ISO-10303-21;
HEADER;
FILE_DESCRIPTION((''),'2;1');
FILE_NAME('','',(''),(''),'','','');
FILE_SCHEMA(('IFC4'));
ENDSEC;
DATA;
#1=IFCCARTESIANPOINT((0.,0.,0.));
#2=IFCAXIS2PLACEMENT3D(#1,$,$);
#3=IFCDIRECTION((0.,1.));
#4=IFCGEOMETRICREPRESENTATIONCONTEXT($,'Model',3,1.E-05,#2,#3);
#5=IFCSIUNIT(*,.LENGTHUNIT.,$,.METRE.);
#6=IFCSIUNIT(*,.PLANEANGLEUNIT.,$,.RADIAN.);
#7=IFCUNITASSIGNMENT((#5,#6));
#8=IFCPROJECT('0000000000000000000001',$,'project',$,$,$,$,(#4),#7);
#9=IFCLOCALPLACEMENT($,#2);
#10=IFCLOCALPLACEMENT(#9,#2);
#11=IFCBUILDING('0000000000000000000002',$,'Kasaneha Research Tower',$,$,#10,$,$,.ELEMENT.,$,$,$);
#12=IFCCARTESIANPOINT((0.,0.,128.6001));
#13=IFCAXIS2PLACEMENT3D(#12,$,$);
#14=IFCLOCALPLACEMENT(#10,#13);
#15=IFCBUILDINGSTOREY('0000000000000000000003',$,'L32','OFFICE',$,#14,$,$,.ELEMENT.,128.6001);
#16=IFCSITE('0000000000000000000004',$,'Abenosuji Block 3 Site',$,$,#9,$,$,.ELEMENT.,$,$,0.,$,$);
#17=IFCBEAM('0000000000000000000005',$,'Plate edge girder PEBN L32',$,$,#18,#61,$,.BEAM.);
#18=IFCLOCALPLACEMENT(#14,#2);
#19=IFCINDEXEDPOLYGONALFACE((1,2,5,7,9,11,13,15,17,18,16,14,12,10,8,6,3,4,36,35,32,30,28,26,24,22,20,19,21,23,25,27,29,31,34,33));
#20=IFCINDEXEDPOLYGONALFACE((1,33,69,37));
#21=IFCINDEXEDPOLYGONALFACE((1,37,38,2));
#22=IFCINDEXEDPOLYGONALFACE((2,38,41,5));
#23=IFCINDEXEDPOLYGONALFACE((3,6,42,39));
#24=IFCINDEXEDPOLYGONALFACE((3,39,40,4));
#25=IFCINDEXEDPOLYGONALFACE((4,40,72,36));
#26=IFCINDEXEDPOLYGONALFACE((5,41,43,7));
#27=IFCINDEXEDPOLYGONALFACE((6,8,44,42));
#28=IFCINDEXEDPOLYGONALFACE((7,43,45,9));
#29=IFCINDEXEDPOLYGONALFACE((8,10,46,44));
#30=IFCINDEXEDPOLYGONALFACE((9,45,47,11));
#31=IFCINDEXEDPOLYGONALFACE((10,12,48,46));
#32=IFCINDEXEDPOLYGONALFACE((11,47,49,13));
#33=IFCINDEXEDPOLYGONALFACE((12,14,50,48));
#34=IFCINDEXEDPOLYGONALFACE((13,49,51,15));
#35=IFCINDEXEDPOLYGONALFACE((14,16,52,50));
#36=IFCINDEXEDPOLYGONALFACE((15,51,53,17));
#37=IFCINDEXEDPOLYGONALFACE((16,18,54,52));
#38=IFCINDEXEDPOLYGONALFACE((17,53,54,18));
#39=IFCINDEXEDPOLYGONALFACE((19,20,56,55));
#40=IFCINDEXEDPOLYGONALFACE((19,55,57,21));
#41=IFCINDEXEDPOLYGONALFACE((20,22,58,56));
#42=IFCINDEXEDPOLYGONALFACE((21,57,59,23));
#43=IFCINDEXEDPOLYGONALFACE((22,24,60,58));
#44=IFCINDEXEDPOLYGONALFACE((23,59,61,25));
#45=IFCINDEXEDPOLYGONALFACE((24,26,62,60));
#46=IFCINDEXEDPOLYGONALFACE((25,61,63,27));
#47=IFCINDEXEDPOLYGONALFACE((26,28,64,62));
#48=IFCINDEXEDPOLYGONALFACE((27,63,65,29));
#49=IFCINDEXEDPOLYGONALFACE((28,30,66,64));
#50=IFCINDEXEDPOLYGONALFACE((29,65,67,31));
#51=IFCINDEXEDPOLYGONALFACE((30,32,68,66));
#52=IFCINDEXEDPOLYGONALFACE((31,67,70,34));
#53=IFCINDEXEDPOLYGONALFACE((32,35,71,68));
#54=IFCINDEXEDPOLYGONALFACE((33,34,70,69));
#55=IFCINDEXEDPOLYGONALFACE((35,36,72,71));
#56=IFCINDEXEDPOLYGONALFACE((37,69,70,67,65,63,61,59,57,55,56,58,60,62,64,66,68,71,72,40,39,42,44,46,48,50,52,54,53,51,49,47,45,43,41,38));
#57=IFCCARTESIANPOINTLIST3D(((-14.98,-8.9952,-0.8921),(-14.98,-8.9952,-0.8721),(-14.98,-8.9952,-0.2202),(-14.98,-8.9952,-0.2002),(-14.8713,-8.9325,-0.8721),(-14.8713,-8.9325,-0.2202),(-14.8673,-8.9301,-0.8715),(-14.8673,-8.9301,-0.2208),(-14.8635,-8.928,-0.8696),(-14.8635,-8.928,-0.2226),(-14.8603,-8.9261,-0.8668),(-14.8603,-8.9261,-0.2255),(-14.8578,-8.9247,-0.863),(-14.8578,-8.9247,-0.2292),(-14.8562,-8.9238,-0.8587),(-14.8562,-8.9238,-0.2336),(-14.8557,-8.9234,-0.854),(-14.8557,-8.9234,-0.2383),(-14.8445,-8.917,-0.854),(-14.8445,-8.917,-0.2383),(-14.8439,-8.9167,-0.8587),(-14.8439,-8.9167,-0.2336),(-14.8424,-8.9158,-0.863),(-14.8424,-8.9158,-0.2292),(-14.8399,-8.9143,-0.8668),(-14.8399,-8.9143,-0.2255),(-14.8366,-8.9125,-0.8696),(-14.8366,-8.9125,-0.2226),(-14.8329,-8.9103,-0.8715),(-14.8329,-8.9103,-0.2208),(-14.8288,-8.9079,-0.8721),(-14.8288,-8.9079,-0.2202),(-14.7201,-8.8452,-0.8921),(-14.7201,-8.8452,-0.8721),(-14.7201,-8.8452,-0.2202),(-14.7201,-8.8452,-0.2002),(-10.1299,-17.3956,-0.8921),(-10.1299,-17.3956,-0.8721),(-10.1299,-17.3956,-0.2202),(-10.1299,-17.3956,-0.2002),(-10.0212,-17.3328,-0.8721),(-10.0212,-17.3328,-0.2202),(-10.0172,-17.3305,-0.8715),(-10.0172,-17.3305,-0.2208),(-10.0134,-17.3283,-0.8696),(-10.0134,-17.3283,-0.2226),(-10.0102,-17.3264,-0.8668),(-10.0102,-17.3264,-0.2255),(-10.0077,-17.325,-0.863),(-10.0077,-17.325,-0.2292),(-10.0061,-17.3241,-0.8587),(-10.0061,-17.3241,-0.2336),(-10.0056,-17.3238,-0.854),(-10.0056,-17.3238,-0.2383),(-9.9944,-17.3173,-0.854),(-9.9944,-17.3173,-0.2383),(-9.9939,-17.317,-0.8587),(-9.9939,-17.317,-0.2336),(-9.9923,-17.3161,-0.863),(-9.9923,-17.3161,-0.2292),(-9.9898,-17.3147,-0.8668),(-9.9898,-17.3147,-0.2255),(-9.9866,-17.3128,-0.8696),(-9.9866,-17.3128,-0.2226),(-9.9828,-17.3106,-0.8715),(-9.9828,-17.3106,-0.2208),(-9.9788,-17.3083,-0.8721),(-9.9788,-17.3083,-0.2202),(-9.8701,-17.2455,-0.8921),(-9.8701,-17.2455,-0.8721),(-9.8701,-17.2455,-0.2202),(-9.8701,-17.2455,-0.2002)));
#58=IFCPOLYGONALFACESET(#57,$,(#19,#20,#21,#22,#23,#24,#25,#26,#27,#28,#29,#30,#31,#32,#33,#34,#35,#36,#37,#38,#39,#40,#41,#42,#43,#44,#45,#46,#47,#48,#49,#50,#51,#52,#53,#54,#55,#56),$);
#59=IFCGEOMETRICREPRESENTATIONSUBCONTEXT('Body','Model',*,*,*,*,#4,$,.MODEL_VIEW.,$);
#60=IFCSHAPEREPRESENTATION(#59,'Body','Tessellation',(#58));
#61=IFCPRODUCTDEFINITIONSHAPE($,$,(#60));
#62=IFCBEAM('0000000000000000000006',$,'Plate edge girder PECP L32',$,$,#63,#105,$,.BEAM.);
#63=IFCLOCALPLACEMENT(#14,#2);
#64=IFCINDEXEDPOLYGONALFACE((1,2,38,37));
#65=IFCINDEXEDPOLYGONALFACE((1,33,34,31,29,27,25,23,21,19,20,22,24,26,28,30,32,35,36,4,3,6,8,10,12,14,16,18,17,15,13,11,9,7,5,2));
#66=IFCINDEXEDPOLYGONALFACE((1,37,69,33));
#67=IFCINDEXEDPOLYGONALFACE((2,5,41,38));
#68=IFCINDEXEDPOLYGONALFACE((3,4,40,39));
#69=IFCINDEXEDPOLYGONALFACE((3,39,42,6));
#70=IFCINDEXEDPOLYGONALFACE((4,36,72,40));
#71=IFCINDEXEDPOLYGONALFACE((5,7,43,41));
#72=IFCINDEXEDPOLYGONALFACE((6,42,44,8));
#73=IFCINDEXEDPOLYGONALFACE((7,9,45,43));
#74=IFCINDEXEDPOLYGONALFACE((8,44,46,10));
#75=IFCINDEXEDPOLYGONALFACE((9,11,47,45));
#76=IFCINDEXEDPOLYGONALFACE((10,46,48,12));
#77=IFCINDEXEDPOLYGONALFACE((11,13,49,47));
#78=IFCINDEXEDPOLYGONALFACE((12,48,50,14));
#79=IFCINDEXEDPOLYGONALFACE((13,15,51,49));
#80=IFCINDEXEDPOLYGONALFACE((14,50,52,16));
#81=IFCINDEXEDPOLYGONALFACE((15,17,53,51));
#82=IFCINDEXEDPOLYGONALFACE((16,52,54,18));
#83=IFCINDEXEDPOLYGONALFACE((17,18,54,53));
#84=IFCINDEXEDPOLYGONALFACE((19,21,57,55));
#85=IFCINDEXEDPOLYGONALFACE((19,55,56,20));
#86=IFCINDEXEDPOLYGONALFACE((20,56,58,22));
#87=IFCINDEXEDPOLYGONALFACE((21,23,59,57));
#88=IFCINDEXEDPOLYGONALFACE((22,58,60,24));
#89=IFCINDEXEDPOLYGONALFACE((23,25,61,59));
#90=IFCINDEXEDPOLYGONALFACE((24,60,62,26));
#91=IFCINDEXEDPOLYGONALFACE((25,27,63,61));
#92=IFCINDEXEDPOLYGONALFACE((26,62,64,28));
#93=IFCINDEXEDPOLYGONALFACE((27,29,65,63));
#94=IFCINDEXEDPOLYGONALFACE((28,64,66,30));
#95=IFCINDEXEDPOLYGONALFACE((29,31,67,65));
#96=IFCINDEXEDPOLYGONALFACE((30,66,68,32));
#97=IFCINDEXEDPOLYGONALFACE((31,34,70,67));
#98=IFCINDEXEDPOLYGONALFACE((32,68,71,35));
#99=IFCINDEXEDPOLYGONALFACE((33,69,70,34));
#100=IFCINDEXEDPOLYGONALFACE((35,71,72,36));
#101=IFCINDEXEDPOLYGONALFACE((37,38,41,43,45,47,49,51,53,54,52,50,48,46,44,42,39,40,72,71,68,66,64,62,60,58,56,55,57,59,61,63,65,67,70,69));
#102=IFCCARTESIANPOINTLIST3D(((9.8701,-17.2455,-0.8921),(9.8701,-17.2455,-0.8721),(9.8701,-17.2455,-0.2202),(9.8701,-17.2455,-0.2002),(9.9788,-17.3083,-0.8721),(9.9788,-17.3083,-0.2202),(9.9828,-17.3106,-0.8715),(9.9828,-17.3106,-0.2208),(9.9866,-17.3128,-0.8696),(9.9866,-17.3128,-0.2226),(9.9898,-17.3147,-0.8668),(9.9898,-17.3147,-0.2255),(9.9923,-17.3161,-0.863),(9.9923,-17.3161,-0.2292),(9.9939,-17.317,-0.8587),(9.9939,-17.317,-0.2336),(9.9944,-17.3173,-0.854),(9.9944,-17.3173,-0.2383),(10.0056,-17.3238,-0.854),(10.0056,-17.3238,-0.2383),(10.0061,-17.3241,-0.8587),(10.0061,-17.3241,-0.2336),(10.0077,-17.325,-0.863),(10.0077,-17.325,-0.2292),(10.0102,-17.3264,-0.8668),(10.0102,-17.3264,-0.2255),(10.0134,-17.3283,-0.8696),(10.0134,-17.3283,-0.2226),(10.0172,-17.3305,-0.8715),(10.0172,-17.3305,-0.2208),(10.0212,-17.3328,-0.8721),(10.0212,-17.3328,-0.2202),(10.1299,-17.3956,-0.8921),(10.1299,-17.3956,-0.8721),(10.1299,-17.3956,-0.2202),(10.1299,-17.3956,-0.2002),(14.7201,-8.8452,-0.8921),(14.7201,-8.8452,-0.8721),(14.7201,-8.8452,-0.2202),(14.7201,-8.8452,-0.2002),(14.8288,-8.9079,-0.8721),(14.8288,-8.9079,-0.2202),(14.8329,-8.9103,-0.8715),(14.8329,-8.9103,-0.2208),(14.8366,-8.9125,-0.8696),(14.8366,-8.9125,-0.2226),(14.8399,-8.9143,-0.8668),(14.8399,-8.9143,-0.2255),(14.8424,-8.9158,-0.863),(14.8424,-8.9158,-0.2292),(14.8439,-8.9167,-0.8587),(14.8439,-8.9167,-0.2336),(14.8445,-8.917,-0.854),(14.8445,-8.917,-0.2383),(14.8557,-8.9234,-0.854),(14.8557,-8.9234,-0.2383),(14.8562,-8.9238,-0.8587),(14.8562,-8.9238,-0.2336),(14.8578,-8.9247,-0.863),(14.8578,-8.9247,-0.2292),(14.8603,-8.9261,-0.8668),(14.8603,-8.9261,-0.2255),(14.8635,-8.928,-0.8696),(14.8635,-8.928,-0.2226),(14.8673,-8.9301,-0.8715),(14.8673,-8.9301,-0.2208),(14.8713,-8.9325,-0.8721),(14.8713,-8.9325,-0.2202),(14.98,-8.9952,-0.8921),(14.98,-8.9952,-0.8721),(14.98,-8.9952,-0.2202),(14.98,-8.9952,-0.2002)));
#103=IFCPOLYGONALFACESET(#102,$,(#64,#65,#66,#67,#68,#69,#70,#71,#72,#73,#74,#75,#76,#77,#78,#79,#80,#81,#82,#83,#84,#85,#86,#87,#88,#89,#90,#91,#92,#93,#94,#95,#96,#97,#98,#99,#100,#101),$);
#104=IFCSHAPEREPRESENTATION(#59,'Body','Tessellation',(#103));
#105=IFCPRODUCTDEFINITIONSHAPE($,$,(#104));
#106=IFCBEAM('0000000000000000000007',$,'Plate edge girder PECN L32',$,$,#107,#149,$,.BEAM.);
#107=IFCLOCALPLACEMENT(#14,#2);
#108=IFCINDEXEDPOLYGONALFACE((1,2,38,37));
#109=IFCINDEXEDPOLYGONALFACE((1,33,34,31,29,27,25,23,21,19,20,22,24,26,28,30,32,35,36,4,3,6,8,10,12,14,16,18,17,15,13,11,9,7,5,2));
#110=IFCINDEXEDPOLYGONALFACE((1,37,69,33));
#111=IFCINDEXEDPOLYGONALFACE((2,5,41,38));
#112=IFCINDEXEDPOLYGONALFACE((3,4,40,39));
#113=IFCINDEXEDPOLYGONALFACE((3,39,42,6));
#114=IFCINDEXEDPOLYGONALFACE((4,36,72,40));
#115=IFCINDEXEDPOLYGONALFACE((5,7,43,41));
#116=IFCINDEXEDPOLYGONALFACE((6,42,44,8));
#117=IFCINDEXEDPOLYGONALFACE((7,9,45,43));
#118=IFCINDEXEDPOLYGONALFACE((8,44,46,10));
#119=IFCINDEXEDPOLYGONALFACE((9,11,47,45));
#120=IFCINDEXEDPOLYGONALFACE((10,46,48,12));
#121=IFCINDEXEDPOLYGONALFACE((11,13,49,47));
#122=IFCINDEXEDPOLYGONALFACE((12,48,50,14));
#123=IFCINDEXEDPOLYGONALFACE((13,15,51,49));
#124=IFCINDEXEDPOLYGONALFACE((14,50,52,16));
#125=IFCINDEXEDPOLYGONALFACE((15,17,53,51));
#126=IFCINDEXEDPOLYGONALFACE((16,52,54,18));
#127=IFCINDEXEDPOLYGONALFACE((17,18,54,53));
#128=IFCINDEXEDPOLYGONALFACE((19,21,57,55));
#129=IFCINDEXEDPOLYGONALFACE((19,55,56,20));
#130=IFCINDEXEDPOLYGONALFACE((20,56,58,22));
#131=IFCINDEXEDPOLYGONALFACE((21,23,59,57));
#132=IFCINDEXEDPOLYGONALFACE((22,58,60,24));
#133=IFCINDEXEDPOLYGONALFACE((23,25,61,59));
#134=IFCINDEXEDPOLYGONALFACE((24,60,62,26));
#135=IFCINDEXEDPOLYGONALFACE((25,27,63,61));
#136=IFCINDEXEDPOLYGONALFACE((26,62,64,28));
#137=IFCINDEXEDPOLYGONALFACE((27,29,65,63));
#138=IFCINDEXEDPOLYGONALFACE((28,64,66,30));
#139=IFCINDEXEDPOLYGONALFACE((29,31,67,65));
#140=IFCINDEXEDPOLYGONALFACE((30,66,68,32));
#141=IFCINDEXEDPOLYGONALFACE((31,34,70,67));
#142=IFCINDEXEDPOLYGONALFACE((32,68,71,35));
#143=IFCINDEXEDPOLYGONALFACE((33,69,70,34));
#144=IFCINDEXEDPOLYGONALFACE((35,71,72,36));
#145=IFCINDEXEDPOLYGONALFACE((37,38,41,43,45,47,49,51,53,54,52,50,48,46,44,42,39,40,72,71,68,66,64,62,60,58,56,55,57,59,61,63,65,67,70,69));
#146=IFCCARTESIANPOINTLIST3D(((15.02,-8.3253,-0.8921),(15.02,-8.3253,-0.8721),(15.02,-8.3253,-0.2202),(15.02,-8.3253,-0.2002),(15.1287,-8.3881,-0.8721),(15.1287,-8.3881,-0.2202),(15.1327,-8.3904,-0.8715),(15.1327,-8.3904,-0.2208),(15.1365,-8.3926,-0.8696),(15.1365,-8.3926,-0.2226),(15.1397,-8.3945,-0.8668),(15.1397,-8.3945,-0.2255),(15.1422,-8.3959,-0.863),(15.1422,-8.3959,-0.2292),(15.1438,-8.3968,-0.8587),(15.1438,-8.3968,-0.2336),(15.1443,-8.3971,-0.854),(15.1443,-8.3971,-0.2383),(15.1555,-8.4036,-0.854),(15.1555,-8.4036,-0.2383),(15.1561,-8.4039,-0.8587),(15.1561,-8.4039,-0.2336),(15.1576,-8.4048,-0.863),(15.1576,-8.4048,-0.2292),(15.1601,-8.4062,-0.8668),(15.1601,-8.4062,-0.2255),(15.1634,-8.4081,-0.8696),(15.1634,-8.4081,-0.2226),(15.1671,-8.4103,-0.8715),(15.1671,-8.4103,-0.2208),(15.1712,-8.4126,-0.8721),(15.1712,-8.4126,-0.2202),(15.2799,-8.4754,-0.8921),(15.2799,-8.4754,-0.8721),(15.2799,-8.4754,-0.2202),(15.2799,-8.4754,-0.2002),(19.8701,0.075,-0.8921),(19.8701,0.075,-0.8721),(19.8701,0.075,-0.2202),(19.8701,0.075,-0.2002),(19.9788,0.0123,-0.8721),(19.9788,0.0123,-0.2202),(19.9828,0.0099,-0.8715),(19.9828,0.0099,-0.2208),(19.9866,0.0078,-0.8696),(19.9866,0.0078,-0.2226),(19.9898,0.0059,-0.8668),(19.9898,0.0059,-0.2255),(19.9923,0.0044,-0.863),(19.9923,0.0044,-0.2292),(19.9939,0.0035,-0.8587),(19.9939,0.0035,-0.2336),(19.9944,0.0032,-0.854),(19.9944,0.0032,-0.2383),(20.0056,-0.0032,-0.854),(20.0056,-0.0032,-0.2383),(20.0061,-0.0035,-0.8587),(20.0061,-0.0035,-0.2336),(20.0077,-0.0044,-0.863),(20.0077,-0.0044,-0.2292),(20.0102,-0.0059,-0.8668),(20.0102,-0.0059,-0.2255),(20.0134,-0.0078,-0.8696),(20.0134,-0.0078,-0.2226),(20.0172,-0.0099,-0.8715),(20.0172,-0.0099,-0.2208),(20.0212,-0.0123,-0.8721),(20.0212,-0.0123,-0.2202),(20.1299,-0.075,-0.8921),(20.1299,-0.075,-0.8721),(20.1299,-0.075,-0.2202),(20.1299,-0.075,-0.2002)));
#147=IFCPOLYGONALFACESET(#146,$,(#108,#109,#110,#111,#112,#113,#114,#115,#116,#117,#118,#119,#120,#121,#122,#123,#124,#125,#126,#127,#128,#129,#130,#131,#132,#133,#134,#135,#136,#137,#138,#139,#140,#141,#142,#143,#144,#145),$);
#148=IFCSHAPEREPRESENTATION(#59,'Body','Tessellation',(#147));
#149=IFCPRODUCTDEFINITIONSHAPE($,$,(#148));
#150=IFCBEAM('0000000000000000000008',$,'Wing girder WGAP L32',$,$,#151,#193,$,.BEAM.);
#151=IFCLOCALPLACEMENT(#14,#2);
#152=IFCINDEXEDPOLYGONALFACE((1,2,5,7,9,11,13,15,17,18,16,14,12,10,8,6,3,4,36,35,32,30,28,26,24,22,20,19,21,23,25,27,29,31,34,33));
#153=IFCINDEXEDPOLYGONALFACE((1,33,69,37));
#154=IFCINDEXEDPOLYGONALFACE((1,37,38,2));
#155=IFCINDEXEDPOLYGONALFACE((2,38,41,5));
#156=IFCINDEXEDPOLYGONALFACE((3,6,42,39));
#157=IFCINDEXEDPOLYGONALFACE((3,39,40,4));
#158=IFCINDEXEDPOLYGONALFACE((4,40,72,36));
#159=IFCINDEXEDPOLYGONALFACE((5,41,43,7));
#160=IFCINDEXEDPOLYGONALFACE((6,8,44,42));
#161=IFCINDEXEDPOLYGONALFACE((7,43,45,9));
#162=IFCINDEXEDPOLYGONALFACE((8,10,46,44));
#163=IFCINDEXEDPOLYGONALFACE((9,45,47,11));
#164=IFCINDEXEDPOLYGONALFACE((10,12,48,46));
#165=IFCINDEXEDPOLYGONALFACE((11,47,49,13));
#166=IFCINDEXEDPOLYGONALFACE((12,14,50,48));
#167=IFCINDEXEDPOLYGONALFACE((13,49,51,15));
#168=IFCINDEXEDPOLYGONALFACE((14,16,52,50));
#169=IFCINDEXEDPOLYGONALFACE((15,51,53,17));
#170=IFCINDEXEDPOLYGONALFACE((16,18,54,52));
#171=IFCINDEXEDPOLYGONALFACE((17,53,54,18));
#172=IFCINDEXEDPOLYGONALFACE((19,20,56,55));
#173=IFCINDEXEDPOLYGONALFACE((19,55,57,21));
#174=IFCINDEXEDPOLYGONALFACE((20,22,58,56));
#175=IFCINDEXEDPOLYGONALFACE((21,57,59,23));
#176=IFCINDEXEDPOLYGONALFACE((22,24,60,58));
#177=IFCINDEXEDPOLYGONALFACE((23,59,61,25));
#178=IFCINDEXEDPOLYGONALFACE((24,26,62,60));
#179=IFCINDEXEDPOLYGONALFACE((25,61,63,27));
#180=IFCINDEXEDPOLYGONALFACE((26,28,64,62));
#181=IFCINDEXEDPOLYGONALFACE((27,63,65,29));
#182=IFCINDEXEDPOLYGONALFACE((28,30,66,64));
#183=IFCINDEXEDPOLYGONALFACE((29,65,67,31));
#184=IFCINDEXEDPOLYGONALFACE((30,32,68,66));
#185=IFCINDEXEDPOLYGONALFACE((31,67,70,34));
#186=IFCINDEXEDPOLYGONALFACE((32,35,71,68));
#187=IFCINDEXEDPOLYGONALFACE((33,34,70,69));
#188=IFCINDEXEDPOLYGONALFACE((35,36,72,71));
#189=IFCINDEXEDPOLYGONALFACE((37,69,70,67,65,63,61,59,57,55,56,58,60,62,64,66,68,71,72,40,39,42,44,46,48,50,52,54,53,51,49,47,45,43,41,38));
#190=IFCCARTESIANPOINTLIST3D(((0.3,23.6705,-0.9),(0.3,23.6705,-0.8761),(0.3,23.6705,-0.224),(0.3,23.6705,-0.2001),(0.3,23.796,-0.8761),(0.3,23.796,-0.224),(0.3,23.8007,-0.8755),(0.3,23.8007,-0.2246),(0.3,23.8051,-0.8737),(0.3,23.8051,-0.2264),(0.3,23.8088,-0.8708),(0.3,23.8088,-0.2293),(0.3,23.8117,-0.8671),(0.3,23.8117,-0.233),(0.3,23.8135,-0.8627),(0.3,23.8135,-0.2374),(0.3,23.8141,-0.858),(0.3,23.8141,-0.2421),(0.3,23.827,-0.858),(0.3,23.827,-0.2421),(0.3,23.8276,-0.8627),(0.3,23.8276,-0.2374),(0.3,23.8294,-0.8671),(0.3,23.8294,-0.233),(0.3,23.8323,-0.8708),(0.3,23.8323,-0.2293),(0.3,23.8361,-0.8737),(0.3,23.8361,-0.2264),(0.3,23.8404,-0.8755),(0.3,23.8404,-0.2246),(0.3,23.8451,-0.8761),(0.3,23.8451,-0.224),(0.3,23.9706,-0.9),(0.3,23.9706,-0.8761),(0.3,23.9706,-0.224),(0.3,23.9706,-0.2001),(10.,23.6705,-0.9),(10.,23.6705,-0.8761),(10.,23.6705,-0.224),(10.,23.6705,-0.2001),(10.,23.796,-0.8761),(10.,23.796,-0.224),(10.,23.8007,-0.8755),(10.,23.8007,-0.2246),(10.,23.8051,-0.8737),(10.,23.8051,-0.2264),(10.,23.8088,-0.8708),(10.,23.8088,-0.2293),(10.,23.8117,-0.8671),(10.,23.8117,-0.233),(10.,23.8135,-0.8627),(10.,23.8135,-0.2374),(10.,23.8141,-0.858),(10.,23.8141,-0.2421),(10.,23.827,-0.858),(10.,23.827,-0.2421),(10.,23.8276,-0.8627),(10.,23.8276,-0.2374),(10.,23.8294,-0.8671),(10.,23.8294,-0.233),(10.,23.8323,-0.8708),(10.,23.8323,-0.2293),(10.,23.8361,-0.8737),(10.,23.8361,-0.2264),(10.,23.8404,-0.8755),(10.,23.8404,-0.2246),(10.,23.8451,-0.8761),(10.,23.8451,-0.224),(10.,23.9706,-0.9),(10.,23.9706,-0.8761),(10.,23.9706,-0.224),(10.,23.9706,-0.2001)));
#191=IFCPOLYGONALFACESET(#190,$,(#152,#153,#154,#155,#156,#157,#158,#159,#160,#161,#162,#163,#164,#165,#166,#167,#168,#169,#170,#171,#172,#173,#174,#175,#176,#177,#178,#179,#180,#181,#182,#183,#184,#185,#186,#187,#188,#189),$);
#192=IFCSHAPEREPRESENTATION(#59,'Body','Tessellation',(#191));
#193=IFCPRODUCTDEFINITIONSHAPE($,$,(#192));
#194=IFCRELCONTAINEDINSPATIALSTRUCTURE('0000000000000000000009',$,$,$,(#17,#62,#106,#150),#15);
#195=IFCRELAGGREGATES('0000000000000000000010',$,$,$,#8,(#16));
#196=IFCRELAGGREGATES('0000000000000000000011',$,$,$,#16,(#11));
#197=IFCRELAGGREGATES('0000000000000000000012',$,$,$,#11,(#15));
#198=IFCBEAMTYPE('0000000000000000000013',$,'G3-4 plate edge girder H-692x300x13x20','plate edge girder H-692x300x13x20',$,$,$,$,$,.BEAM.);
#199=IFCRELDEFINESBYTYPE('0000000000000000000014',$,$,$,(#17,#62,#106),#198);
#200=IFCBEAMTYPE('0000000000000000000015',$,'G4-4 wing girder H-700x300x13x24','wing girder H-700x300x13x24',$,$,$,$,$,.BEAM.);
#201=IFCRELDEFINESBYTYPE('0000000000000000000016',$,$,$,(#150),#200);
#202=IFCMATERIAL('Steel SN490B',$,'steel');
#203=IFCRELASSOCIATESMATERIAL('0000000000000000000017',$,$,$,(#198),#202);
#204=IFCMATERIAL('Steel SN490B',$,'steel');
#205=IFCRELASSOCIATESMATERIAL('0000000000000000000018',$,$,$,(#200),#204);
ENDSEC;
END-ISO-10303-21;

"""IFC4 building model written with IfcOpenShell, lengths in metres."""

from ifc_helpers import new_model, si_unit, direction, frame, origin, origin_2d, place, context, subcontext, project, spatial, i_section, extrude, material, material_profile, profile_set, type_object, element, save


model = new_model("IFC4")

# Units and contexts
model_context = context("Model", 3, precision=1e-05, world=origin(), true_north=direction((0.0, 1.0)))
body_context = subcontext(model_context, "Body", "Model", "MODEL_VIEW")
ifc_project = project(units=[si_unit("LENGTHUNIT", "METRE"), si_unit("PLANEANGLEUNIT", "RADIAN")], contexts=[model_context])

# Site, building, storey
site_placement = place(None, origin())
site = spatial("IfcSite", under=ifc_project, at=site_placement, Name="Abenosuji Block 3 Site", CompositionType="ELEMENT", RefElevation=0.0)
building_placement = place(site_placement, origin())
building = spatial("IfcBuilding", under=site, at=building_placement, Name="Kasaneha Research Tower", CompositionType="ELEMENT")
storey_placement = place(building_placement, frame((0.0, 0.0, 128.6001)))
storey = spatial("IfcBuildingStorey", under=building, at=storey_placement, Name="L32", Description="OFFICE", CompositionType="ELEMENT", Elevation=128.6001)

# Beams
ifc_material_1 = material(Name="Steel SN490B", Category="steel")
ifc_material_profile_1 = material_profile(ifc_material_1, i_section(OverallWidth=0.3, OverallDepth=0.6919, WebThickness=0.0129, FlangeThickness=0.02, FilletRadius=0.0181, at=origin_2d()), Name="H-692x300x13x20")
ifc_profile_set_1 = profile_set([ifc_material_profile_1], Name="Steel SN490B")
beam_type_1 = type_object("IfcBeamType", Name="G3-4 plate edge girder H-692x300x13x20", Description="plate edge girder H-692x300x13x20", PredefinedType="BEAM", material=ifc_profile_set_1)
for number, where, z_axis, x_axis, name in (
    (1, (-10.0, -17.3206, -0.5461), (-0.50001, 0.86602, 0.0), (-0.86602, -0.50001, 0.0), "Plate edge girder PEBN L32"),
    (2, (10.0, -17.3206, -0.5461), (0.50001, 0.86602, 0.0), (-0.86602, 0.50001, 0.0), "Plate edge girder PECP L32"),
    (3, (20.0, 0.0, -0.5461), (-0.50001, -0.86602, 0.0), (0.86602, -0.50001, 0.0), "Plate edge girder PECN L32"),
):
    element("IfcBeam", number, at=place(storey_placement, frame(where, z_axis=z_axis, x_axis=x_axis)), inside=storey, type_object=beam_type_1, Name=name, PredefinedType="BEAM", context=body_context, shape_type="SweptSolid", body=[
        extrude(i_section(OverallWidth=0.3, OverallDepth=0.6919, WebThickness=0.0129, FlangeThickness=0.02, FilletRadius=0.0181, at=origin_2d()), origin(), (0.0, 0.0, 1.0), 9.7),
    ])
ifc_material_2 = material(Name="Steel SN490B", Category="steel")
ifc_material_profile_2 = material_profile(ifc_material_2, i_section(OverallWidth=0.3, OverallDepth=0.7, WebThickness=0.0129, FlangeThickness=0.0239, FilletRadius=0.0181, at=origin_2d()), Name="H-700x300x13x24")
ifc_profile_set_2 = profile_set([ifc_material_profile_2], Name="Steel SN490B")
beam_type_2 = type_object("IfcBeamType", Name="G4-4 wing girder H-700x300x13x24", Description="wing girder H-700x300x13x24", PredefinedType="BEAM", material=ifc_profile_set_2)
for number, where, z_axis, x_axis, name in (
    (4, (10.0, 23.8206, -0.55), (-1.0, 0.0, 0.0), (0.0, -1.0, 0.0), "Wing girder WGAP L32"),
):
    element("IfcBeam", number, at=place(storey_placement, frame(where, z_axis=z_axis, x_axis=x_axis)), inside=storey, type_object=beam_type_2, Name=name, PredefinedType="BEAM", context=body_context, shape_type="SweptSolid", body=[
        extrude(i_section(OverallWidth=0.3, OverallDepth=0.7, WebThickness=0.0129, FlangeThickness=0.0239, FilletRadius=0.0181, at=origin_2d()), origin(), (0.0, 0.0, 1.0), 9.7),
    ])

save(model, "model.ifc")
